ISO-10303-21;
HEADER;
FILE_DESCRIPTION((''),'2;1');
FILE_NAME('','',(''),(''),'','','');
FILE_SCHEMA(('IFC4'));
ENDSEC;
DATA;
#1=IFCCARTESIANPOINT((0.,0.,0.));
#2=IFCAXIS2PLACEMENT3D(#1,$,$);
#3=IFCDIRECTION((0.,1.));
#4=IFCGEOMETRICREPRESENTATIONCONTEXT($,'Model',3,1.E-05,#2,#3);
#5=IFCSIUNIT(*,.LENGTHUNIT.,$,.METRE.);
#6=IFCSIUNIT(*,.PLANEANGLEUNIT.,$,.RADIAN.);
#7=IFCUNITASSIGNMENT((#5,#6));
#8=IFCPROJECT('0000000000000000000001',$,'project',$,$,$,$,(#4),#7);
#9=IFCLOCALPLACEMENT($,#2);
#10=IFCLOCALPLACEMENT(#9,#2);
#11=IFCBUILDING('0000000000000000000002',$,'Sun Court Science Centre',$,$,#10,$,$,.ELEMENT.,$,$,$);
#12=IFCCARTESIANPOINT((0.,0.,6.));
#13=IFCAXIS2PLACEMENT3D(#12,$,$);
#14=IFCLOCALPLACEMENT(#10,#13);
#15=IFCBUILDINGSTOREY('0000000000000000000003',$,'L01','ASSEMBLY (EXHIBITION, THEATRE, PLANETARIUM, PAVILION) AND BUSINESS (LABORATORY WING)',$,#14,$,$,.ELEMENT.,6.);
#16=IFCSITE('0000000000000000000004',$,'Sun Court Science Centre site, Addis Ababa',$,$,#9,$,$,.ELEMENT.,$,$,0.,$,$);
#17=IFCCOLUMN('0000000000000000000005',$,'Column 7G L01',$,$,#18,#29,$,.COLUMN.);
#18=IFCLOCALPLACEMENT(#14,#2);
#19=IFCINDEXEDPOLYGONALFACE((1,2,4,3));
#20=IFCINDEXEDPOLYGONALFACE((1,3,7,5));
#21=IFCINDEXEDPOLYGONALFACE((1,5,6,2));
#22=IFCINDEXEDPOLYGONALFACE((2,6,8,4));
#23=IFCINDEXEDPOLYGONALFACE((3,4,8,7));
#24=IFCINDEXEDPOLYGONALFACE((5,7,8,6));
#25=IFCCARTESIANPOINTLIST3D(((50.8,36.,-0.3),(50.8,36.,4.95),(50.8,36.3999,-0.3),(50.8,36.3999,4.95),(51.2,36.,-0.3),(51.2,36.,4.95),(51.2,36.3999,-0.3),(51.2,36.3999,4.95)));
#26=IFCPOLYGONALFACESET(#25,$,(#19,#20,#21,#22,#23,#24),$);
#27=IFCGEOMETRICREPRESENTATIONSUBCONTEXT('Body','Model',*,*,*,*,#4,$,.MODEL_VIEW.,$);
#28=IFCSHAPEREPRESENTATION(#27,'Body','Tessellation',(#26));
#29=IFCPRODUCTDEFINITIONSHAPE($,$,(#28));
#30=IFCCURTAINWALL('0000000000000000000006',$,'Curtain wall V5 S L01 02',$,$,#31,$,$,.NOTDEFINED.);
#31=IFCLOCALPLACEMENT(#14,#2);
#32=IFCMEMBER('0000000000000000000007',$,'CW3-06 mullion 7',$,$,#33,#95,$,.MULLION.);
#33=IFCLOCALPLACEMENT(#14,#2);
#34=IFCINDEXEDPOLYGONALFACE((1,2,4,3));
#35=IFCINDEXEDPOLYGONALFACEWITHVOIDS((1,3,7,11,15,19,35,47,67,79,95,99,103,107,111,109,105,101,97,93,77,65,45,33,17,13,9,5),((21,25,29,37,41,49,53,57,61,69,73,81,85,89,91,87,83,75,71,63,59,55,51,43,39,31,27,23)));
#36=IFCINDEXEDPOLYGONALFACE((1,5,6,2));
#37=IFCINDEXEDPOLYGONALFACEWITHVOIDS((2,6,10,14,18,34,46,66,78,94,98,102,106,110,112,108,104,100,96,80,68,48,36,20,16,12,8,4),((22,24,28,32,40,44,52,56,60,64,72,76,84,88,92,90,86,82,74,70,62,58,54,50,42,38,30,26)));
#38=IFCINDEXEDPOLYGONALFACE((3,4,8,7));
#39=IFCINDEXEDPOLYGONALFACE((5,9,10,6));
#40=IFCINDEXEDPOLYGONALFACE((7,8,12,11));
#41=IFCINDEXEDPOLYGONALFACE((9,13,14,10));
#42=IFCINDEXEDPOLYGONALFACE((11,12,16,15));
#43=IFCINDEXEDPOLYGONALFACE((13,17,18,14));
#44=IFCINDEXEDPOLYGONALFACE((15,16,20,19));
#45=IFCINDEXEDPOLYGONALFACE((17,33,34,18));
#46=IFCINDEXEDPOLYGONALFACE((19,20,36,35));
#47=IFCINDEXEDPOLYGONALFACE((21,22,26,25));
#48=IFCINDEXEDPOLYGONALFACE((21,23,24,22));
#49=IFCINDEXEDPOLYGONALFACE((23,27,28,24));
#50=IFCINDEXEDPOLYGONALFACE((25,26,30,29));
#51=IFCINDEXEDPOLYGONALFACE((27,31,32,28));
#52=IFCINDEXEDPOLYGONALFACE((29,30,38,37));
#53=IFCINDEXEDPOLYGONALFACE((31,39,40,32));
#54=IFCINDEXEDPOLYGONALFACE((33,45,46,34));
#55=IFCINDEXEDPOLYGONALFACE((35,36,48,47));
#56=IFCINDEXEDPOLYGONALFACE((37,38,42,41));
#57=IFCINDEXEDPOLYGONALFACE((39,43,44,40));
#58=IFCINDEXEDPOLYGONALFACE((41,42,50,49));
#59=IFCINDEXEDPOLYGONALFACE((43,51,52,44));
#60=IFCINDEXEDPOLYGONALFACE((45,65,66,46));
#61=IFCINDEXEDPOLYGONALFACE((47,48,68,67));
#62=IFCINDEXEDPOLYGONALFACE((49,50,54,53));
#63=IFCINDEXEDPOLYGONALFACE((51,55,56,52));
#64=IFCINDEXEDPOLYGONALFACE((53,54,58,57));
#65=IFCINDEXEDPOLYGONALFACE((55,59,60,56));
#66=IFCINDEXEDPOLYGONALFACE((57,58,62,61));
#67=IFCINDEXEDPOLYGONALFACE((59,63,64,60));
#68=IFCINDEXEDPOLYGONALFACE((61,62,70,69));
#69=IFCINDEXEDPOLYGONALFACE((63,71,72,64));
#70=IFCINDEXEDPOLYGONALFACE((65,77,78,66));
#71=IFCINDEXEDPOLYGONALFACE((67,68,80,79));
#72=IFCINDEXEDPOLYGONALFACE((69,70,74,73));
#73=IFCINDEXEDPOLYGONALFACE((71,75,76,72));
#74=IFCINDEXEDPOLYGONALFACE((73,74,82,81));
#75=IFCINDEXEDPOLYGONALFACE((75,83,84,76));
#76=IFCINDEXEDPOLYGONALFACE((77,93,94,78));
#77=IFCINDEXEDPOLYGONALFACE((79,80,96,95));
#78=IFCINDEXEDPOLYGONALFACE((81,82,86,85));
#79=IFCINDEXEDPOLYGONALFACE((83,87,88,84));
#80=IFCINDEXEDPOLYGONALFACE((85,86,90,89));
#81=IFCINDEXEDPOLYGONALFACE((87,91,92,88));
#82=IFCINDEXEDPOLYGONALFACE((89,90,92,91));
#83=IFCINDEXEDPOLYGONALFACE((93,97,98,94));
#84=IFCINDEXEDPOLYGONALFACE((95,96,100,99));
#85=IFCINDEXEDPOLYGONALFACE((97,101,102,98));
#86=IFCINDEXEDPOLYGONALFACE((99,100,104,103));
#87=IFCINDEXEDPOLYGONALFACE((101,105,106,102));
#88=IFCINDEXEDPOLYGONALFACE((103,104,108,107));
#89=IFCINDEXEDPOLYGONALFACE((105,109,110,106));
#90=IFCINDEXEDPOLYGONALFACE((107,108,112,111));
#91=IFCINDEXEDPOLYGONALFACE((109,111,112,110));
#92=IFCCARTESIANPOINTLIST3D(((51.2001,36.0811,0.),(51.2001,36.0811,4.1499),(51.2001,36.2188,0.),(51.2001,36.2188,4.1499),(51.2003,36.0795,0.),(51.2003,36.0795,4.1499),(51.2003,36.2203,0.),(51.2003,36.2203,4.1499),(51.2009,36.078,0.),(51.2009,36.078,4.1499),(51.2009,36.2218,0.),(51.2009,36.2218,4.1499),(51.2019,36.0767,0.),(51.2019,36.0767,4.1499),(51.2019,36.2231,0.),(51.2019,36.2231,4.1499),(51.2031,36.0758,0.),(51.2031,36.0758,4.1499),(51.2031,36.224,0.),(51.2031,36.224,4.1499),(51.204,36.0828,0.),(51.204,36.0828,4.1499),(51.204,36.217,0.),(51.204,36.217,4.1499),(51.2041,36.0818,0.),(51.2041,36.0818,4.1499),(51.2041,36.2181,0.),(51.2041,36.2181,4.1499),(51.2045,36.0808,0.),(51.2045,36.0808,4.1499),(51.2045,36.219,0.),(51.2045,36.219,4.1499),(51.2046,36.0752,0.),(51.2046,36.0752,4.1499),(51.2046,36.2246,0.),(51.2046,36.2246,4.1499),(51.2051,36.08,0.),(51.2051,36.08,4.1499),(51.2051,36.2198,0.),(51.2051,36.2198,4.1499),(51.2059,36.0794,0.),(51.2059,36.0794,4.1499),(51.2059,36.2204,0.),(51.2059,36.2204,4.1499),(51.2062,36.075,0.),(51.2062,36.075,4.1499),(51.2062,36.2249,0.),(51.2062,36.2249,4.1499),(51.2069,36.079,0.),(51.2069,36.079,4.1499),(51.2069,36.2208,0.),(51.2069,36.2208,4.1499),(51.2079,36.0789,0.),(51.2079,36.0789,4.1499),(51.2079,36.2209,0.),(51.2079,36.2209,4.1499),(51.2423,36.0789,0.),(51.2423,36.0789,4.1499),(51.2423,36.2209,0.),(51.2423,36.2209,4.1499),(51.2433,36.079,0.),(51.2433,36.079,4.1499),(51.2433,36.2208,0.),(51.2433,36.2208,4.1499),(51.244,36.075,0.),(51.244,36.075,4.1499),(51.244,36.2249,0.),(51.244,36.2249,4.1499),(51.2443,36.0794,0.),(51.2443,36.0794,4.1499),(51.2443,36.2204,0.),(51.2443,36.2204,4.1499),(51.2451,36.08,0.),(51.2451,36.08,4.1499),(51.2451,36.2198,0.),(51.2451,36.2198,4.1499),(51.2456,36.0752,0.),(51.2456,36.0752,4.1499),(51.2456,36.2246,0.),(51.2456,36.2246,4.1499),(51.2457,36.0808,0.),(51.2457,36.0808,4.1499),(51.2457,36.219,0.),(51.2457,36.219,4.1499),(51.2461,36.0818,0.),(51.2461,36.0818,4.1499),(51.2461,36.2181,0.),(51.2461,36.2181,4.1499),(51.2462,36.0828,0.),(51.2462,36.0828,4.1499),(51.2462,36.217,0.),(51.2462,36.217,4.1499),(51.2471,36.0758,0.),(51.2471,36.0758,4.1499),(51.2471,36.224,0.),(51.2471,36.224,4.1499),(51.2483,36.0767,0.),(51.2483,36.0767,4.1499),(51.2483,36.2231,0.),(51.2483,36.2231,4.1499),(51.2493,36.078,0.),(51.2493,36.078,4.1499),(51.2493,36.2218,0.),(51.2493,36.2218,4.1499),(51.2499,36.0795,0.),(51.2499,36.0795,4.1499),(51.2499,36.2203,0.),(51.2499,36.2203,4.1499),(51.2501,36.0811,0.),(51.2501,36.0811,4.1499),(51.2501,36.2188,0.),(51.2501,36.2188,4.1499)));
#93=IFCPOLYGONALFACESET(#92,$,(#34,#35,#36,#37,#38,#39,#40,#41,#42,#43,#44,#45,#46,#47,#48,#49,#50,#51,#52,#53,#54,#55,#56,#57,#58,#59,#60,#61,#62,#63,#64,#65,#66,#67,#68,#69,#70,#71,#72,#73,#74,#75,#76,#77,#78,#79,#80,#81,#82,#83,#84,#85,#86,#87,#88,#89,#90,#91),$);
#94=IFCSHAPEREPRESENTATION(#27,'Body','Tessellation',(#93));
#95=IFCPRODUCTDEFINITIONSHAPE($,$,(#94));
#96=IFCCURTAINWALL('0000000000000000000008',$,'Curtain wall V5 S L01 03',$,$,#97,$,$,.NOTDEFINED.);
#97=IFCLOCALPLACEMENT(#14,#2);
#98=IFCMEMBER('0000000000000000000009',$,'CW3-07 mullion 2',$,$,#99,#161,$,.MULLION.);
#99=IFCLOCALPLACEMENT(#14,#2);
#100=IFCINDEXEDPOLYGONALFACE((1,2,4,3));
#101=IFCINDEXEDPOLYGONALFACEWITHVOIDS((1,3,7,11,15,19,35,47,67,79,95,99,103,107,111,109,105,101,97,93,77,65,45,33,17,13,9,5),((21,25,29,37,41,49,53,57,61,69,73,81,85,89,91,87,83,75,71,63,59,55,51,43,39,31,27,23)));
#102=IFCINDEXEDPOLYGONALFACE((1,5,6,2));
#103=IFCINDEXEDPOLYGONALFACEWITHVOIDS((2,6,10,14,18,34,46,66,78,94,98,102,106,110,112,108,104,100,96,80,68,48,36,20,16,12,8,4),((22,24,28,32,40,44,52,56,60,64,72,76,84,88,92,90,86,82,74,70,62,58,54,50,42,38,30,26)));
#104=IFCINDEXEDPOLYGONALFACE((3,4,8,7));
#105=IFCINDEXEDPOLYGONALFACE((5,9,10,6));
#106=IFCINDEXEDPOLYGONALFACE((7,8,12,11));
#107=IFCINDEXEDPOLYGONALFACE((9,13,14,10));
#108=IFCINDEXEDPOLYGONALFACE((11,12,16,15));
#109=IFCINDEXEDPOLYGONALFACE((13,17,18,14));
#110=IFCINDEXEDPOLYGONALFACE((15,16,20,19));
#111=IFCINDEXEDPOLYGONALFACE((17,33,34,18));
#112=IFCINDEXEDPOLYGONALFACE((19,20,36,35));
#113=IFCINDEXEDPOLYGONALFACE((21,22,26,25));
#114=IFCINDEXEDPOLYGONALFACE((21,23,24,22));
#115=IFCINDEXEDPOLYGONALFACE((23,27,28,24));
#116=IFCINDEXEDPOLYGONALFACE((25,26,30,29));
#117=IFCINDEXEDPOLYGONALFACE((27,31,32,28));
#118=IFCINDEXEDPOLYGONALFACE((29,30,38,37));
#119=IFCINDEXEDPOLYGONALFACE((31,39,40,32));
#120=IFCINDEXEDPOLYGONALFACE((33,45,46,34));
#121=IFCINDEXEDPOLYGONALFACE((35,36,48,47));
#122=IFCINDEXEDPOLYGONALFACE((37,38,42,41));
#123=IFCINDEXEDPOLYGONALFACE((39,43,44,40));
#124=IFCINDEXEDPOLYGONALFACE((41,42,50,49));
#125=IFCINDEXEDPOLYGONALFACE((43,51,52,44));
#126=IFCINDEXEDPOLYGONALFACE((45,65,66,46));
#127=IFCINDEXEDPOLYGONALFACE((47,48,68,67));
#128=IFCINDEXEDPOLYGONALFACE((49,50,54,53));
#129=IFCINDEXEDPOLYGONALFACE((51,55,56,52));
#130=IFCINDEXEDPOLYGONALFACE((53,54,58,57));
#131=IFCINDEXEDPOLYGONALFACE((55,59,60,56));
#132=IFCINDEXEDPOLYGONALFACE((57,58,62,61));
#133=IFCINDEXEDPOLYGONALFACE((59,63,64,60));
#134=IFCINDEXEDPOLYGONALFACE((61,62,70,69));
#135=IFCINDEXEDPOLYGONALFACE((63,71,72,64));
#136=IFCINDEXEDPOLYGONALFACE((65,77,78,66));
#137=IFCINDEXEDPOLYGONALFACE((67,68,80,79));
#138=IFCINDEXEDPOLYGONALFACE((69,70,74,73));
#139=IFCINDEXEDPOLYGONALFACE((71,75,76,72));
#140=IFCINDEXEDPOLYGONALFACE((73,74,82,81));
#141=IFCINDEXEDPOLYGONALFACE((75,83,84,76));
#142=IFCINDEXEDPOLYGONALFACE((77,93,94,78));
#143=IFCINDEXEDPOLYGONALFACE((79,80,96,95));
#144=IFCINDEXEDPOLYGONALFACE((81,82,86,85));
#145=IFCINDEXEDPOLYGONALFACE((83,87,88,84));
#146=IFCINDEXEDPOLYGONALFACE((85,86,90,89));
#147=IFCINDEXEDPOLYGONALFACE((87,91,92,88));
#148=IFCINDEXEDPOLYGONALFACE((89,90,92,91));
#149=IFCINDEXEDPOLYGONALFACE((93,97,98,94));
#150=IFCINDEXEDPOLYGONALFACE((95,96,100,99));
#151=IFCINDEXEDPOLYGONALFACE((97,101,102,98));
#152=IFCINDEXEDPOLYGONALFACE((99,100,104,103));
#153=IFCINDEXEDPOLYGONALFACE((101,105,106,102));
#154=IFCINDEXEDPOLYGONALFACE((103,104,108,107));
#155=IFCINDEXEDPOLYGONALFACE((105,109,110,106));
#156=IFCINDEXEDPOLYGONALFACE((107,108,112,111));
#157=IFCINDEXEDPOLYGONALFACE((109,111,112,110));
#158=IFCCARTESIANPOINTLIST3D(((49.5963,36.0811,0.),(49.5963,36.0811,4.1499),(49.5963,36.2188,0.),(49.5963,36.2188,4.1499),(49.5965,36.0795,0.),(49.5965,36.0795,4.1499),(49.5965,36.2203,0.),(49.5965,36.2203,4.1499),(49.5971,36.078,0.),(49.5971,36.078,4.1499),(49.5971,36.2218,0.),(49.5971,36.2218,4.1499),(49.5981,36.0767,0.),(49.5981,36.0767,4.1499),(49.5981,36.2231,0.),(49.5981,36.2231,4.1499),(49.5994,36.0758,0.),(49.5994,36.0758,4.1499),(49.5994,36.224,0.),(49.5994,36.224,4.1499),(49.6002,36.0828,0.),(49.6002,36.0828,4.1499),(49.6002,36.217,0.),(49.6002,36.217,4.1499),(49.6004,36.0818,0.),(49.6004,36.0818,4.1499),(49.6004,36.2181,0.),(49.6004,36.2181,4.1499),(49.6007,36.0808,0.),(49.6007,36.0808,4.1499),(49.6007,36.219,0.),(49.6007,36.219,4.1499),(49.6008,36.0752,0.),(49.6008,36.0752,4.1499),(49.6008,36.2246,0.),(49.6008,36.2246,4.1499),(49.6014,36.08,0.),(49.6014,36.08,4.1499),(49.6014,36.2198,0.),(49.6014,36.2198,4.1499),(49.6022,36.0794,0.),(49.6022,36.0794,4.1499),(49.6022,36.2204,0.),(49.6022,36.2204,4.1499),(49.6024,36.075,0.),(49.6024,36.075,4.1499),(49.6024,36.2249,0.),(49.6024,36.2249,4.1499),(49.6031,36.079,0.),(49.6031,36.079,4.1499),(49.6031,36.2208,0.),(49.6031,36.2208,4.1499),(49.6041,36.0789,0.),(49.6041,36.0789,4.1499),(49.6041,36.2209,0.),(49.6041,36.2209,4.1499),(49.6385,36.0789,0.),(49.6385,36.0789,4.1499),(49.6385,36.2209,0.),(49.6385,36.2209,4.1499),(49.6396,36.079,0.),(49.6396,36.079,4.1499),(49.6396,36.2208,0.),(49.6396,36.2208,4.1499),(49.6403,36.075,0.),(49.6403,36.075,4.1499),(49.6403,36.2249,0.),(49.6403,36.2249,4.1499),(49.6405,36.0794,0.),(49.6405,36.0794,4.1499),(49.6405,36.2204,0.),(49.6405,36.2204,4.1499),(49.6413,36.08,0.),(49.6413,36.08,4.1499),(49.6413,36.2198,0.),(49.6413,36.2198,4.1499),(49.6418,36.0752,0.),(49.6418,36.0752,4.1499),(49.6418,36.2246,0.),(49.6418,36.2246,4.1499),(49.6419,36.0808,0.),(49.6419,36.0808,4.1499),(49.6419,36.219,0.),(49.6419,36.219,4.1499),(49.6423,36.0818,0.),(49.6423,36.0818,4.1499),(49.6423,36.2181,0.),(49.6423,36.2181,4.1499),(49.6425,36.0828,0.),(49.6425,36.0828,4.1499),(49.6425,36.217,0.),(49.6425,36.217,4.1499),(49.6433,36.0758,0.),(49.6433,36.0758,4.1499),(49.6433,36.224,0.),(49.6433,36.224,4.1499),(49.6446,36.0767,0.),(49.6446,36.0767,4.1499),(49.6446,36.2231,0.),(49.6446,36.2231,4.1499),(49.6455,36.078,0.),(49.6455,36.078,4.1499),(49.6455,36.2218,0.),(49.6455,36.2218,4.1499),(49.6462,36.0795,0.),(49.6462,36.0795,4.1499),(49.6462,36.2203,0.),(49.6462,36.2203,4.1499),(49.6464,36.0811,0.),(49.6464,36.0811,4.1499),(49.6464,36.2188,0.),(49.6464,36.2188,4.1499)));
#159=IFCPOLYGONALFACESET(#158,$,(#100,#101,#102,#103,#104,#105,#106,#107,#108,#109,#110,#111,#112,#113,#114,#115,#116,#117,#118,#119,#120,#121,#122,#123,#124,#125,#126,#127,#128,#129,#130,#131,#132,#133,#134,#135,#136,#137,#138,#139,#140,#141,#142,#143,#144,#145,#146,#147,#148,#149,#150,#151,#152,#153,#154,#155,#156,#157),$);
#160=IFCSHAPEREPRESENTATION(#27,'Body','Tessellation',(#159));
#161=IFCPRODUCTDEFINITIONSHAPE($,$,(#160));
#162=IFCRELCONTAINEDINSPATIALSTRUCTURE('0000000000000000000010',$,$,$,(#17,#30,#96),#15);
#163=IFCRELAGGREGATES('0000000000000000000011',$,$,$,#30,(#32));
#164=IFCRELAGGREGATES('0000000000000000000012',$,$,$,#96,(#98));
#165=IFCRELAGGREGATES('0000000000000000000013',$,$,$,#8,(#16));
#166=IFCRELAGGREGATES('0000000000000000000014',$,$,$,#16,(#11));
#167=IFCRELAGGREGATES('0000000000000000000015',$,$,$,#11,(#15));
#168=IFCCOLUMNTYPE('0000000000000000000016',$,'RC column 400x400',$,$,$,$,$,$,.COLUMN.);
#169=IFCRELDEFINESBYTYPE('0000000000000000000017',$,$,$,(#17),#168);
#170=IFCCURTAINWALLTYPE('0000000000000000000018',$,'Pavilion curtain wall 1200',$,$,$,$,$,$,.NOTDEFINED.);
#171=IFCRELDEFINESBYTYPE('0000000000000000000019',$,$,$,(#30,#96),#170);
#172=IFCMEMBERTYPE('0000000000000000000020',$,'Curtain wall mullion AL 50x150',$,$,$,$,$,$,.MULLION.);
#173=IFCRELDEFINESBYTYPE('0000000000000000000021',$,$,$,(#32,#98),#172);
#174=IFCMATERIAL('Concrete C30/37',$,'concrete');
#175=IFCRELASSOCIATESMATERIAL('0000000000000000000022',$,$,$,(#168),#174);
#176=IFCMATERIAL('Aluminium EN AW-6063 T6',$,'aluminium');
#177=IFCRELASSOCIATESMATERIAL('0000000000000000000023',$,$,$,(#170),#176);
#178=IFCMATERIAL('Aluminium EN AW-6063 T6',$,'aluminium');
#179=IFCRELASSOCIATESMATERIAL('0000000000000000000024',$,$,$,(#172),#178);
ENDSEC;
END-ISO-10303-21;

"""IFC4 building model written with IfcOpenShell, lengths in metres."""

from ifc_helpers import new_model, si_unit, direction, frame, origin, origin_2d, place, context, subcontext, project, spatial, rectangle, hollow_rectangle, extrude, material, material_profile, profile_set, type_object, element, aggregate, save


model = new_model("IFC4")

# Units and contexts
model_context = context("Model", 3, precision=1e-05, world=origin(), true_north=direction((0.0, 1.0)))
body_context = subcontext(model_context, "Body", "Model", "MODEL_VIEW")
ifc_project = project(units=[si_unit("LENGTHUNIT", "METRE"), si_unit("PLANEANGLEUNIT", "RADIAN")], contexts=[model_context])

# Site, building, storey
site_placement = place(None, origin())
site = spatial("IfcSite", under=ifc_project, at=site_placement, Name="Sun Court Science Centre site, Addis Ababa", CompositionType="ELEMENT", RefElevation=0.0)
building_placement = place(site_placement, origin())
building = spatial("IfcBuilding", under=site, at=building_placement, Name="Sun Court Science Centre", CompositionType="ELEMENT")
storey_placement = place(building_placement, frame((0.0, 0.0, 6.0)))
storey = spatial("IfcBuildingStorey", under=building, at=storey_placement, Name="L01", Description="ASSEMBLY (EXHIBITION, THEATRE, PLANETARIUM, PAVILION) AND BUSINESS (LABORATORY WING)", CompositionType="ELEMENT", Elevation=6.0)

# Column
ifc_material_1 = material(Name="Concrete C30/37", Category="concrete")
ifc_material_profile_1 = material_profile(ifc_material_1, rectangle(XDim=0.3999, YDim=0.3999, at=origin_2d()), Name="RC 400x400")
ifc_profile_set_1 = profile_set([ifc_material_profile_1], Name="Concrete C30/37")
column_type = type_object("IfcColumnType", Name="RC column 400x400", PredefinedType="COLUMN", material=ifc_profile_set_1)
column_placement = place(storey_placement, frame((51.0, 36.2, -0.3), z_axis=(0.0, 0.0, 1.0), x_axis=(1.0, 0.0, 0.0)))
element("IfcColumn", 1, at=column_placement, inside=storey, type_object=column_type, Name="Column 7G L01", PredefinedType="COLUMN", context=body_context, shape_type="SweptSolid", body=[
    extrude(rectangle(XDim=0.3999, YDim=0.3999, at=origin_2d()), origin(), (0.0, 0.0, 1.0), 5.25),
])

# Curtain wall, member
ifc_material_2 = material(Name="Aluminium EN AW-6063 T6", Category="aluminium")
curtain_wall_type = type_object("IfcCurtainWallType", Name="Pavilion curtain wall 1200", PredefinedType="NOTDEFINED", material=ifc_material_2)
curtain_wall_1_placement = place(storey_placement, origin())
curtain_wall_1 = element("IfcCurtainWall", 2, at=curtain_wall_1_placement, inside=storey, type_object=curtain_wall_type, Name="Curtain wall V5 S L01 02", PredefinedType="NOTDEFINED")
ifc_material_3 = material(Name="Aluminium EN AW-6063 T6", Category="aluminium")
ifc_material_profile_2 = material_profile(ifc_material_3, hollow_rectangle(XDim=0.05, YDim=0.1499, WallThickness=0.0039, InnerFilletRadius=0.0039, OuterFilletRadius=0.0061, at=origin_2d()), Name="AL 50x150x4")
ifc_profile_set_2 = profile_set([ifc_material_profile_2], Name="Aluminium EN AW-6063 T6")
member_type_1 = type_object("IfcMemberType", Name="Curtain wall mullion AL 50x150", PredefinedType="MULLION", material=ifc_profile_set_2)
member_1_placement = place(storey_placement, frame((51.2251, 36.1499, 0.0), z_axis=(0.0, 0.0, 1.0), x_axis=(-1.0, 0.0, 0.0)))
member_1 = element("IfcMember", 3, at=member_1_placement, type_object=member_type_1, Name="CW3-06 mullion 7", PredefinedType="MULLION", context=body_context, shape_type="SweptSolid", body=[
    extrude(hollow_rectangle(XDim=0.05, YDim=0.1499, WallThickness=0.0039, InnerFilletRadius=0.0039, OuterFilletRadius=0.0061, at=origin_2d()), origin(), (0.0, 0.0, 1.0), 4.1499),
])

# Curtain wall, member
curtain_wall_2_placement = place(storey_placement, origin())
curtain_wall_2 = element("IfcCurtainWall", 4, at=curtain_wall_2_placement, inside=storey, type_object=curtain_wall_type, Name="Curtain wall V5 S L01 03", PredefinedType="NOTDEFINED")
member_2_placement = place(storey_placement, frame((49.6213, 36.1499, 0.0), z_axis=(0.0, 0.0, 1.0), x_axis=(-1.0, 0.0, 0.0)))
member_2 = element("IfcMember", 5, at=member_2_placement, type_object=member_type_1, Name="CW3-07 mullion 2", PredefinedType="MULLION", context=body_context, shape_type="SweptSolid", body=[
    extrude(hollow_rectangle(XDim=0.05, YDim=0.1499, WallThickness=0.0039, InnerFilletRadius=0.0039, OuterFilletRadius=0.0061, at=origin_2d()), origin(), (0.0, 0.0, 1.0), 4.1499),
])

aggregate(curtain_wall_1, [member_1])
aggregate(curtain_wall_2, [member_2])

save(model, "model.ifc")
